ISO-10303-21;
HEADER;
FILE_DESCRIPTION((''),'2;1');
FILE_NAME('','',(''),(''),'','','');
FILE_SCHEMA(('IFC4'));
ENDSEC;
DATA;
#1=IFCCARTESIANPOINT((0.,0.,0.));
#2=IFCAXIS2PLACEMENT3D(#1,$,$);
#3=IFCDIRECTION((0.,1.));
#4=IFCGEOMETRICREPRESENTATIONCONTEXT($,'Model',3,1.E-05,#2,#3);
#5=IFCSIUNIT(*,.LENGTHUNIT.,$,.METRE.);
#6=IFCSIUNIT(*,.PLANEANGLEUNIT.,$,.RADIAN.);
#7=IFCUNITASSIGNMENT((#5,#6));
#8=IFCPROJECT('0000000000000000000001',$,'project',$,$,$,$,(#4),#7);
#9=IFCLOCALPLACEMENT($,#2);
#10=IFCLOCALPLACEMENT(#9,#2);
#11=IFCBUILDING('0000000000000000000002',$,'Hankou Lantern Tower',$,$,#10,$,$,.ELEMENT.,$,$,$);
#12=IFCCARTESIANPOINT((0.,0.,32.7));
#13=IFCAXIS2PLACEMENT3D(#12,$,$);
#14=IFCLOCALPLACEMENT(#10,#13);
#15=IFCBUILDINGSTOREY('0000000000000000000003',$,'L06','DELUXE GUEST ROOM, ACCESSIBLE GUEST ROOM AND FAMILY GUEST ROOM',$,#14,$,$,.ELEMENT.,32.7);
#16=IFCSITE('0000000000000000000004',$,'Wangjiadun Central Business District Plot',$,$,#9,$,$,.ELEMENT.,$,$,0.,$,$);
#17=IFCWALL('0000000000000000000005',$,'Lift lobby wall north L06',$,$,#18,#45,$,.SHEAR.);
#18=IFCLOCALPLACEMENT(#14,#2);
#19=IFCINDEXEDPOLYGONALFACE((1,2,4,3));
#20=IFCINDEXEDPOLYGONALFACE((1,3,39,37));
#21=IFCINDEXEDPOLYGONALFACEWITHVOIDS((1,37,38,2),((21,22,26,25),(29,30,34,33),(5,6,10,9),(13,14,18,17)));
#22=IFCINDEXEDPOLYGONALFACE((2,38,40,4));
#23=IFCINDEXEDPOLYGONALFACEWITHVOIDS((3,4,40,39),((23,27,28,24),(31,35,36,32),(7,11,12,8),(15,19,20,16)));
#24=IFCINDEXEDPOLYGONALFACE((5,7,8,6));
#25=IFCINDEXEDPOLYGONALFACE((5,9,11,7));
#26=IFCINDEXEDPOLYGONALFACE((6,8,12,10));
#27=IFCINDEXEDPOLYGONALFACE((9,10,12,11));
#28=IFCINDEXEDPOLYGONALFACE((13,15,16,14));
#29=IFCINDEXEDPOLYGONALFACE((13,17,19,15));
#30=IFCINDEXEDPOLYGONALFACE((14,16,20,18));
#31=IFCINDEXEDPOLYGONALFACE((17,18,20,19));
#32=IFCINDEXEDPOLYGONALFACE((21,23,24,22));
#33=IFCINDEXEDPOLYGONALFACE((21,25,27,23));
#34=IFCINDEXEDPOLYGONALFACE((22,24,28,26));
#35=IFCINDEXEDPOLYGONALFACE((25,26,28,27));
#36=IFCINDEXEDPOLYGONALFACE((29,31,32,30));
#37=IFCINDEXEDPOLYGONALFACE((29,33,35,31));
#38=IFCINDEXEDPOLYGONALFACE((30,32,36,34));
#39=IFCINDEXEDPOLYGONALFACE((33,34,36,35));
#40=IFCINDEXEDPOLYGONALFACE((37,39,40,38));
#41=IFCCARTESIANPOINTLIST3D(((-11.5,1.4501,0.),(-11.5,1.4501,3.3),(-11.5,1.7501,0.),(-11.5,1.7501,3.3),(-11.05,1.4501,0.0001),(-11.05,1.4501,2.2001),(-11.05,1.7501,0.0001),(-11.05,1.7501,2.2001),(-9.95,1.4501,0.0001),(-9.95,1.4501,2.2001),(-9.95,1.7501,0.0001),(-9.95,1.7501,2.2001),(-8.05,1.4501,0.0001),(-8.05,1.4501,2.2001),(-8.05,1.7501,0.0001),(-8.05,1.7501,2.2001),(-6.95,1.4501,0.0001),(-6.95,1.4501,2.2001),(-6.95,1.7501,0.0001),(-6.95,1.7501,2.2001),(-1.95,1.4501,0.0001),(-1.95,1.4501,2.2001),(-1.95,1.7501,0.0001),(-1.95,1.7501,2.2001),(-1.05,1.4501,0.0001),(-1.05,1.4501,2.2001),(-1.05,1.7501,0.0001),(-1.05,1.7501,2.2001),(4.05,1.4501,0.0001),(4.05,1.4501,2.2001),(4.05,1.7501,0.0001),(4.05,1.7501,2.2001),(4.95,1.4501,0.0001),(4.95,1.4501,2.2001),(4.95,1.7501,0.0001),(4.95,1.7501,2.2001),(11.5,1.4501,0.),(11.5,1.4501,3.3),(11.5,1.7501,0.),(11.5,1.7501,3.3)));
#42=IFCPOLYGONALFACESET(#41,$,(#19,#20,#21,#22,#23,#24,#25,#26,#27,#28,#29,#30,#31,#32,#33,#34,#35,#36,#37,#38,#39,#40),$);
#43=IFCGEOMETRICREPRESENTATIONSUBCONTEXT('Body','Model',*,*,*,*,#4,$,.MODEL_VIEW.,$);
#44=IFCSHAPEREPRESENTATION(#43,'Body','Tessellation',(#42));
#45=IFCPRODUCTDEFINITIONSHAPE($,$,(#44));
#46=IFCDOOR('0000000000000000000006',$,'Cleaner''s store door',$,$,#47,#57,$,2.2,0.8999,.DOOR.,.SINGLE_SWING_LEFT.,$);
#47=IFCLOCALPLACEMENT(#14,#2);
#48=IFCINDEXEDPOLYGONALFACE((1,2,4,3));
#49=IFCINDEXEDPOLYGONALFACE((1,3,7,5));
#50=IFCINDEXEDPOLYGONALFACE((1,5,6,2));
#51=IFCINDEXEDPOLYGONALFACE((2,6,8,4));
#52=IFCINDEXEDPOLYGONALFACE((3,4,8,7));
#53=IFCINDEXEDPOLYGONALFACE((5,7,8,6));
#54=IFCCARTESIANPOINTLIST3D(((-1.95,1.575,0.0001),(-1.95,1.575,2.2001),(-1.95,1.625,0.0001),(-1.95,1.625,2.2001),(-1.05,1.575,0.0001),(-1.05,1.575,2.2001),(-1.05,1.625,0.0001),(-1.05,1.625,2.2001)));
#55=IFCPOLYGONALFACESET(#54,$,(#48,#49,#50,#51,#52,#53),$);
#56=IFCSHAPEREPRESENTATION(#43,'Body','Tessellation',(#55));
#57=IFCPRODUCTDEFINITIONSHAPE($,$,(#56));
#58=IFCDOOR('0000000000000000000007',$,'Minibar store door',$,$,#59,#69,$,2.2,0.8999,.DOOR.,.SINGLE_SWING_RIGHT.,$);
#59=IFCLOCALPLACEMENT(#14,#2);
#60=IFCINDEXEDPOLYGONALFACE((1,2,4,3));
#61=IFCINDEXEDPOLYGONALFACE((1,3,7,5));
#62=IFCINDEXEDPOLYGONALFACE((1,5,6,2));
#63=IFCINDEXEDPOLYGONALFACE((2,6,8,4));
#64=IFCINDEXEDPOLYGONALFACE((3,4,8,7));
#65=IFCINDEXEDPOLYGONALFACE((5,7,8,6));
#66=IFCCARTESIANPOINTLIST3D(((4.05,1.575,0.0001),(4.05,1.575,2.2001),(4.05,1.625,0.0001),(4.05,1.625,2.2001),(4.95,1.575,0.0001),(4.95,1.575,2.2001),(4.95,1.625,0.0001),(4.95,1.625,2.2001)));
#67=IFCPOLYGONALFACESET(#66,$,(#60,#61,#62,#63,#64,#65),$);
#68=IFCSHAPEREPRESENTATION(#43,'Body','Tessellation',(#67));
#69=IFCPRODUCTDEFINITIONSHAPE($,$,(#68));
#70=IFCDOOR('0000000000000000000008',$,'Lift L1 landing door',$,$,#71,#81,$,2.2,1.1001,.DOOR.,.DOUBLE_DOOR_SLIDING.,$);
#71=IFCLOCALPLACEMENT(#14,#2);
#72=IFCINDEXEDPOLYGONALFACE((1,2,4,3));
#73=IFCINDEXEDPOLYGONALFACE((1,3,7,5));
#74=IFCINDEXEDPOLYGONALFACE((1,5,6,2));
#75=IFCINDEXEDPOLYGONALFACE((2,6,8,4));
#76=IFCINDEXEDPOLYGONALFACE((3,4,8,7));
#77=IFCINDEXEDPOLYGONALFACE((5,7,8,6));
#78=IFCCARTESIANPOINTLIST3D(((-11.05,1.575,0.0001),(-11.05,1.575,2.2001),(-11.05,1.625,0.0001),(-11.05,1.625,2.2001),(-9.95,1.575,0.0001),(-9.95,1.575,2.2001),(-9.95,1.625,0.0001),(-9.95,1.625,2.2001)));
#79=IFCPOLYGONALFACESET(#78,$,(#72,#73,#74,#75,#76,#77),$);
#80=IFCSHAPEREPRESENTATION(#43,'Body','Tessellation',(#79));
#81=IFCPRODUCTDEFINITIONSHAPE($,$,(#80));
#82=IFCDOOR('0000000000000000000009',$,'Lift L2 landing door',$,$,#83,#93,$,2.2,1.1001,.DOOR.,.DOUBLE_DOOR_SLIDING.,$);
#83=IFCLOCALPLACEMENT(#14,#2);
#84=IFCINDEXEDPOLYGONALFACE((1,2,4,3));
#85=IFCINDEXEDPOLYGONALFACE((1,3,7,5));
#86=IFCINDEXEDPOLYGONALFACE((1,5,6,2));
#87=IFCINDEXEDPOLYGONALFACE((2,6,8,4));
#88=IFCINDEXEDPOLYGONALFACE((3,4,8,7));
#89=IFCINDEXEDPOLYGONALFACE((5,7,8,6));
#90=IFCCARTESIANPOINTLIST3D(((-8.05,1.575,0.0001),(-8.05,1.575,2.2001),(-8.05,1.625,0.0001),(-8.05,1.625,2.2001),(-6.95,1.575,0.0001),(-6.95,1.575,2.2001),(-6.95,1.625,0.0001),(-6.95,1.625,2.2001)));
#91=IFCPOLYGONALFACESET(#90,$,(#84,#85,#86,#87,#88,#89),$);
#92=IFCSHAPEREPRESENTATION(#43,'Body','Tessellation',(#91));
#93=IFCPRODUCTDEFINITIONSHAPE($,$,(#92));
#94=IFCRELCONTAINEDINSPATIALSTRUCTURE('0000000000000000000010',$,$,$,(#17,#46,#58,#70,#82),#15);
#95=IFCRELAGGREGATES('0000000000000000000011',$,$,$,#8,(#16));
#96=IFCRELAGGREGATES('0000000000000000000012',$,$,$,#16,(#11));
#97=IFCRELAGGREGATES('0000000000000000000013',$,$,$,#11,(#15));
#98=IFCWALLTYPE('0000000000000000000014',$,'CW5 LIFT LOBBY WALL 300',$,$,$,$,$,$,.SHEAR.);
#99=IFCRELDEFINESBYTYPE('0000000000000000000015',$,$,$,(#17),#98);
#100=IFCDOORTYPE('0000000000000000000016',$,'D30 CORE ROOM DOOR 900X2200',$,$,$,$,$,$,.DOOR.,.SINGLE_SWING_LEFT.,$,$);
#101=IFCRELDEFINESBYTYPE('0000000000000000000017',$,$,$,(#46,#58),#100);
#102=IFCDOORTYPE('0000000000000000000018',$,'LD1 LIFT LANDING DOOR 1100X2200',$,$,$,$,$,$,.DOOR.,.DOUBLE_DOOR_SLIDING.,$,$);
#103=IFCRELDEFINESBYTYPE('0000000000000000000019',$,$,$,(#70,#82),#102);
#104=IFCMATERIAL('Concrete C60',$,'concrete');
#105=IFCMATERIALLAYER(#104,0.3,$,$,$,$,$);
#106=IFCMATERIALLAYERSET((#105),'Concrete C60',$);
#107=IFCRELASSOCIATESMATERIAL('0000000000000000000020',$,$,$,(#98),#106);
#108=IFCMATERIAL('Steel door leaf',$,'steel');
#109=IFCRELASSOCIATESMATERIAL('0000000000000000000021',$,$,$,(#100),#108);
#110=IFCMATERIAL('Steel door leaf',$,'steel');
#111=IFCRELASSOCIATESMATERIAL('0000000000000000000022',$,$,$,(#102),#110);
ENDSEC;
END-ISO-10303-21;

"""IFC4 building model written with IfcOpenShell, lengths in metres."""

from ifc_helpers import new_model, si_unit, direction, frame, frame_2d, origin, place, context, subcontext, project, spatial, rectangle, extrude, material, layer, layer_set, type_object, element, fill, save


model = new_model("IFC4")

# Units and contexts
model_context = context("Model", 3, precision=1e-05, world=origin(), true_north=direction((0.0, 1.0)))
body_context = subcontext(model_context, "Body", "Model", "MODEL_VIEW")
ifc_project = project(units=[si_unit("LENGTHUNIT", "METRE"), si_unit("PLANEANGLEUNIT", "RADIAN")], contexts=[model_context])

# Site, building, storey
site_placement = place(None, origin())
site = spatial("IfcSite", under=ifc_project, at=site_placement, Name="Wangjiadun Central Business District Plot", CompositionType="ELEMENT", RefElevation=0.0)
building_placement = place(site_placement, origin())
building = spatial("IfcBuilding", under=site, at=building_placement, Name="Hankou Lantern Tower", CompositionType="ELEMENT")
storey_placement = place(building_placement, frame((0.0, 0.0, 32.7)))
storey = spatial("IfcBuildingStorey", under=building, at=storey_placement, Name="L06", Description="DELUXE GUEST ROOM, ACCESSIBLE GUEST ROOM AND FAMILY GUEST ROOM", CompositionType="ELEMENT", Elevation=32.7)

# Wall, openings, doors
ifc_material_1 = material(Name="Concrete C60", Category="concrete")
ifc_layer_1 = layer(ifc_material_1, 0.3)
ifc_layer_set_1 = layer_set([ifc_layer_1], Name="Concrete C60")
wall_type_1 = type_object("IfcWallType", Name="CW5 LIFT LOBBY WALL 300", PredefinedType="SHEAR", material=ifc_layer_set_1)
wall_1_placement = place(storey_placement, frame((-11.5, 1.6001, 0.0), z_axis=(0.0, 0.0, 1.0), x_axis=(1.0, 0.0, 0.0)))
wall_1 = element("IfcWall", 1, at=wall_1_placement, inside=storey, type_object=wall_type_1, Name="Lift lobby wall north L06", PredefinedType="SHEAR", context=body_context, shape_type="SweptSolid", body=[
    extrude(rectangle(XDim=23.0, YDim=0.3, at=frame_2d((11.5, 0.0))), origin(), (0.0, 0.0, 1.0), 3.3),
])
opening_1_placement = place(wall_1_placement, frame((0.45, 0.0, 0.0)))
opening_1 = element("IfcOpeningElement", 2, at=opening_1_placement, cuts=wall_1, PredefinedType="OPENING", context=body_context, shape_type="SweptSolid", body=[
    extrude(rectangle(XDim=1.1001, YDim=2.2, at=frame_2d((0.55, 1.1001))), frame((0.0, 0.1599, 0.0), z_axis=(0.0, -1.0, 0.0), x_axis=(1.0, 0.0, 0.0)), (0.0, 0.0, 1.0), 0.3201),
])
opening_2_placement = place(wall_1_placement, frame((3.45, 0.0, 0.0)))
opening_2 = element("IfcOpeningElement", 3, at=opening_2_placement, cuts=wall_1, PredefinedType="OPENING", context=body_context, shape_type="SweptSolid", body=[
    extrude(rectangle(XDim=1.1001, YDim=2.2, at=frame_2d((0.55, 1.1001))), frame((0.0, 0.1599, 0.0), z_axis=(0.0, -1.0, 0.0), x_axis=(1.0, 0.0, 0.0)), (0.0, 0.0, 1.0), 0.3201),
])
opening_3_placement = place(wall_1_placement, frame((9.55, 0.0, 0.0)))
opening_3 = element("IfcOpeningElement", 4, at=opening_3_placement, cuts=wall_1, PredefinedType="OPENING", context=body_context, shape_type="SweptSolid", body=[
    extrude(rectangle(XDim=0.8999, YDim=2.2, at=frame_2d((0.45, 1.1001))), frame((0.0, 0.1599, 0.0), z_axis=(0.0, -1.0, 0.0), x_axis=(1.0, 0.0, 0.0)), (0.0, 0.0, 1.0), 0.3201),
])
opening_4_placement = place(wall_1_placement, frame((15.55, 0.0, 0.0)))
opening_4 = element("IfcOpeningElement", 5, at=opening_4_placement, cuts=wall_1, PredefinedType="OPENING", context=body_context, shape_type="SweptSolid", body=[
    extrude(rectangle(XDim=0.8999, YDim=2.2, at=frame_2d((0.45, 1.1001))), frame((0.0, 0.1599, 0.0), z_axis=(0.0, -1.0, 0.0), x_axis=(1.0, 0.0, 0.0)), (0.0, 0.0, 1.0), 0.3201),
])
ifc_material_2 = material(Name="Steel door leaf", Category="steel")
door_type_1 = type_object("IfcDoorType", Name="D30 CORE ROOM DOOR 900X2200", OperationType="SINGLE_SWING_LEFT", PredefinedType="DOOR", material=ifc_material_2)
door_1_placement = place(opening_3_placement, origin())
door_1 = element("IfcDoor", 6, at=door_1_placement, inside=storey, type_object=door_type_1, Name="Cleaner's store door", OperationType="SINGLE_SWING_LEFT", OverallHeight=2.2, OverallWidth=0.8999, PredefinedType="DOOR", context=body_context, shape_type="SweptSolid", body=[
    extrude(rectangle(XDim=0.8999, YDim=2.2, at=frame_2d((0.45, 1.1001))), frame((0.0, 0.0249, 0.0), z_axis=(0.0, -1.0, 0.0), x_axis=(1.0, 0.0, 0.0)), (0.0, 0.0, 1.0), 0.05),
])
fill(opening_3, door_1)
door_2_placement = place(opening_4_placement, origin())
door_2 = element("IfcDoor", 7, at=door_2_placement, inside=storey, type_object=door_type_1, Name="Minibar store door", OperationType="SINGLE_SWING_RIGHT", OverallHeight=2.2, OverallWidth=0.8999, PredefinedType="DOOR", context=body_context, shape_type="SweptSolid", body=[
    extrude(rectangle(XDim=0.8999, YDim=2.2, at=frame_2d((0.45, 1.1001))), frame((0.0, 0.0249, 0.0), z_axis=(0.0, -1.0, 0.0), x_axis=(1.0, 0.0, 0.0)), (0.0, 0.0, 1.0), 0.05),
])
fill(opening_4, door_2)
ifc_material_3 = material(Name="Steel door leaf", Category="steel")
door_type_2 = type_object("IfcDoorType", Name="LD1 LIFT LANDING DOOR 1100X2200", OperationType="DOUBLE_DOOR_SLIDING", PredefinedType="DOOR", material=ifc_material_3)
door_3_placement = place(opening_1_placement, origin())
door_3 = element("IfcDoor", 8, at=door_3_placement, inside=storey, type_object=door_type_2, Name="Lift L1 landing door", OperationType="DOUBLE_DOOR_SLIDING", OverallHeight=2.2, OverallWidth=1.1001, PredefinedType="DOOR", context=body_context, shape_type="SweptSolid", body=[
    extrude(rectangle(XDim=1.1001, YDim=2.2, at=frame_2d((0.55, 1.1001))), frame((0.0, 0.0249, 0.0), z_axis=(0.0, -1.0, 0.0), x_axis=(1.0, 0.0, 0.0)), (0.0, 0.0, 1.0), 0.05),
])
fill(opening_1, door_3)
door_4_placement = place(opening_2_placement, origin())
door_4 = element("IfcDoor", 9, at=door_4_placement, inside=storey, type_object=door_type_2, Name="Lift L2 landing door", OperationType="DOUBLE_DOOR_SLIDING", OverallHeight=2.2, OverallWidth=1.1001, PredefinedType="DOOR", context=body_context, shape_type="SweptSolid", body=[
    extrude(rectangle(XDim=1.1001, YDim=2.2, at=frame_2d((0.55, 1.1001))), frame((0.0, 0.0249, 0.0), z_axis=(0.0, -1.0, 0.0), x_axis=(1.0, 0.0, 0.0)), (0.0, 0.0, 1.0), 0.05),
])
fill(opening_2, door_4)

save(model, "model.ifc")
